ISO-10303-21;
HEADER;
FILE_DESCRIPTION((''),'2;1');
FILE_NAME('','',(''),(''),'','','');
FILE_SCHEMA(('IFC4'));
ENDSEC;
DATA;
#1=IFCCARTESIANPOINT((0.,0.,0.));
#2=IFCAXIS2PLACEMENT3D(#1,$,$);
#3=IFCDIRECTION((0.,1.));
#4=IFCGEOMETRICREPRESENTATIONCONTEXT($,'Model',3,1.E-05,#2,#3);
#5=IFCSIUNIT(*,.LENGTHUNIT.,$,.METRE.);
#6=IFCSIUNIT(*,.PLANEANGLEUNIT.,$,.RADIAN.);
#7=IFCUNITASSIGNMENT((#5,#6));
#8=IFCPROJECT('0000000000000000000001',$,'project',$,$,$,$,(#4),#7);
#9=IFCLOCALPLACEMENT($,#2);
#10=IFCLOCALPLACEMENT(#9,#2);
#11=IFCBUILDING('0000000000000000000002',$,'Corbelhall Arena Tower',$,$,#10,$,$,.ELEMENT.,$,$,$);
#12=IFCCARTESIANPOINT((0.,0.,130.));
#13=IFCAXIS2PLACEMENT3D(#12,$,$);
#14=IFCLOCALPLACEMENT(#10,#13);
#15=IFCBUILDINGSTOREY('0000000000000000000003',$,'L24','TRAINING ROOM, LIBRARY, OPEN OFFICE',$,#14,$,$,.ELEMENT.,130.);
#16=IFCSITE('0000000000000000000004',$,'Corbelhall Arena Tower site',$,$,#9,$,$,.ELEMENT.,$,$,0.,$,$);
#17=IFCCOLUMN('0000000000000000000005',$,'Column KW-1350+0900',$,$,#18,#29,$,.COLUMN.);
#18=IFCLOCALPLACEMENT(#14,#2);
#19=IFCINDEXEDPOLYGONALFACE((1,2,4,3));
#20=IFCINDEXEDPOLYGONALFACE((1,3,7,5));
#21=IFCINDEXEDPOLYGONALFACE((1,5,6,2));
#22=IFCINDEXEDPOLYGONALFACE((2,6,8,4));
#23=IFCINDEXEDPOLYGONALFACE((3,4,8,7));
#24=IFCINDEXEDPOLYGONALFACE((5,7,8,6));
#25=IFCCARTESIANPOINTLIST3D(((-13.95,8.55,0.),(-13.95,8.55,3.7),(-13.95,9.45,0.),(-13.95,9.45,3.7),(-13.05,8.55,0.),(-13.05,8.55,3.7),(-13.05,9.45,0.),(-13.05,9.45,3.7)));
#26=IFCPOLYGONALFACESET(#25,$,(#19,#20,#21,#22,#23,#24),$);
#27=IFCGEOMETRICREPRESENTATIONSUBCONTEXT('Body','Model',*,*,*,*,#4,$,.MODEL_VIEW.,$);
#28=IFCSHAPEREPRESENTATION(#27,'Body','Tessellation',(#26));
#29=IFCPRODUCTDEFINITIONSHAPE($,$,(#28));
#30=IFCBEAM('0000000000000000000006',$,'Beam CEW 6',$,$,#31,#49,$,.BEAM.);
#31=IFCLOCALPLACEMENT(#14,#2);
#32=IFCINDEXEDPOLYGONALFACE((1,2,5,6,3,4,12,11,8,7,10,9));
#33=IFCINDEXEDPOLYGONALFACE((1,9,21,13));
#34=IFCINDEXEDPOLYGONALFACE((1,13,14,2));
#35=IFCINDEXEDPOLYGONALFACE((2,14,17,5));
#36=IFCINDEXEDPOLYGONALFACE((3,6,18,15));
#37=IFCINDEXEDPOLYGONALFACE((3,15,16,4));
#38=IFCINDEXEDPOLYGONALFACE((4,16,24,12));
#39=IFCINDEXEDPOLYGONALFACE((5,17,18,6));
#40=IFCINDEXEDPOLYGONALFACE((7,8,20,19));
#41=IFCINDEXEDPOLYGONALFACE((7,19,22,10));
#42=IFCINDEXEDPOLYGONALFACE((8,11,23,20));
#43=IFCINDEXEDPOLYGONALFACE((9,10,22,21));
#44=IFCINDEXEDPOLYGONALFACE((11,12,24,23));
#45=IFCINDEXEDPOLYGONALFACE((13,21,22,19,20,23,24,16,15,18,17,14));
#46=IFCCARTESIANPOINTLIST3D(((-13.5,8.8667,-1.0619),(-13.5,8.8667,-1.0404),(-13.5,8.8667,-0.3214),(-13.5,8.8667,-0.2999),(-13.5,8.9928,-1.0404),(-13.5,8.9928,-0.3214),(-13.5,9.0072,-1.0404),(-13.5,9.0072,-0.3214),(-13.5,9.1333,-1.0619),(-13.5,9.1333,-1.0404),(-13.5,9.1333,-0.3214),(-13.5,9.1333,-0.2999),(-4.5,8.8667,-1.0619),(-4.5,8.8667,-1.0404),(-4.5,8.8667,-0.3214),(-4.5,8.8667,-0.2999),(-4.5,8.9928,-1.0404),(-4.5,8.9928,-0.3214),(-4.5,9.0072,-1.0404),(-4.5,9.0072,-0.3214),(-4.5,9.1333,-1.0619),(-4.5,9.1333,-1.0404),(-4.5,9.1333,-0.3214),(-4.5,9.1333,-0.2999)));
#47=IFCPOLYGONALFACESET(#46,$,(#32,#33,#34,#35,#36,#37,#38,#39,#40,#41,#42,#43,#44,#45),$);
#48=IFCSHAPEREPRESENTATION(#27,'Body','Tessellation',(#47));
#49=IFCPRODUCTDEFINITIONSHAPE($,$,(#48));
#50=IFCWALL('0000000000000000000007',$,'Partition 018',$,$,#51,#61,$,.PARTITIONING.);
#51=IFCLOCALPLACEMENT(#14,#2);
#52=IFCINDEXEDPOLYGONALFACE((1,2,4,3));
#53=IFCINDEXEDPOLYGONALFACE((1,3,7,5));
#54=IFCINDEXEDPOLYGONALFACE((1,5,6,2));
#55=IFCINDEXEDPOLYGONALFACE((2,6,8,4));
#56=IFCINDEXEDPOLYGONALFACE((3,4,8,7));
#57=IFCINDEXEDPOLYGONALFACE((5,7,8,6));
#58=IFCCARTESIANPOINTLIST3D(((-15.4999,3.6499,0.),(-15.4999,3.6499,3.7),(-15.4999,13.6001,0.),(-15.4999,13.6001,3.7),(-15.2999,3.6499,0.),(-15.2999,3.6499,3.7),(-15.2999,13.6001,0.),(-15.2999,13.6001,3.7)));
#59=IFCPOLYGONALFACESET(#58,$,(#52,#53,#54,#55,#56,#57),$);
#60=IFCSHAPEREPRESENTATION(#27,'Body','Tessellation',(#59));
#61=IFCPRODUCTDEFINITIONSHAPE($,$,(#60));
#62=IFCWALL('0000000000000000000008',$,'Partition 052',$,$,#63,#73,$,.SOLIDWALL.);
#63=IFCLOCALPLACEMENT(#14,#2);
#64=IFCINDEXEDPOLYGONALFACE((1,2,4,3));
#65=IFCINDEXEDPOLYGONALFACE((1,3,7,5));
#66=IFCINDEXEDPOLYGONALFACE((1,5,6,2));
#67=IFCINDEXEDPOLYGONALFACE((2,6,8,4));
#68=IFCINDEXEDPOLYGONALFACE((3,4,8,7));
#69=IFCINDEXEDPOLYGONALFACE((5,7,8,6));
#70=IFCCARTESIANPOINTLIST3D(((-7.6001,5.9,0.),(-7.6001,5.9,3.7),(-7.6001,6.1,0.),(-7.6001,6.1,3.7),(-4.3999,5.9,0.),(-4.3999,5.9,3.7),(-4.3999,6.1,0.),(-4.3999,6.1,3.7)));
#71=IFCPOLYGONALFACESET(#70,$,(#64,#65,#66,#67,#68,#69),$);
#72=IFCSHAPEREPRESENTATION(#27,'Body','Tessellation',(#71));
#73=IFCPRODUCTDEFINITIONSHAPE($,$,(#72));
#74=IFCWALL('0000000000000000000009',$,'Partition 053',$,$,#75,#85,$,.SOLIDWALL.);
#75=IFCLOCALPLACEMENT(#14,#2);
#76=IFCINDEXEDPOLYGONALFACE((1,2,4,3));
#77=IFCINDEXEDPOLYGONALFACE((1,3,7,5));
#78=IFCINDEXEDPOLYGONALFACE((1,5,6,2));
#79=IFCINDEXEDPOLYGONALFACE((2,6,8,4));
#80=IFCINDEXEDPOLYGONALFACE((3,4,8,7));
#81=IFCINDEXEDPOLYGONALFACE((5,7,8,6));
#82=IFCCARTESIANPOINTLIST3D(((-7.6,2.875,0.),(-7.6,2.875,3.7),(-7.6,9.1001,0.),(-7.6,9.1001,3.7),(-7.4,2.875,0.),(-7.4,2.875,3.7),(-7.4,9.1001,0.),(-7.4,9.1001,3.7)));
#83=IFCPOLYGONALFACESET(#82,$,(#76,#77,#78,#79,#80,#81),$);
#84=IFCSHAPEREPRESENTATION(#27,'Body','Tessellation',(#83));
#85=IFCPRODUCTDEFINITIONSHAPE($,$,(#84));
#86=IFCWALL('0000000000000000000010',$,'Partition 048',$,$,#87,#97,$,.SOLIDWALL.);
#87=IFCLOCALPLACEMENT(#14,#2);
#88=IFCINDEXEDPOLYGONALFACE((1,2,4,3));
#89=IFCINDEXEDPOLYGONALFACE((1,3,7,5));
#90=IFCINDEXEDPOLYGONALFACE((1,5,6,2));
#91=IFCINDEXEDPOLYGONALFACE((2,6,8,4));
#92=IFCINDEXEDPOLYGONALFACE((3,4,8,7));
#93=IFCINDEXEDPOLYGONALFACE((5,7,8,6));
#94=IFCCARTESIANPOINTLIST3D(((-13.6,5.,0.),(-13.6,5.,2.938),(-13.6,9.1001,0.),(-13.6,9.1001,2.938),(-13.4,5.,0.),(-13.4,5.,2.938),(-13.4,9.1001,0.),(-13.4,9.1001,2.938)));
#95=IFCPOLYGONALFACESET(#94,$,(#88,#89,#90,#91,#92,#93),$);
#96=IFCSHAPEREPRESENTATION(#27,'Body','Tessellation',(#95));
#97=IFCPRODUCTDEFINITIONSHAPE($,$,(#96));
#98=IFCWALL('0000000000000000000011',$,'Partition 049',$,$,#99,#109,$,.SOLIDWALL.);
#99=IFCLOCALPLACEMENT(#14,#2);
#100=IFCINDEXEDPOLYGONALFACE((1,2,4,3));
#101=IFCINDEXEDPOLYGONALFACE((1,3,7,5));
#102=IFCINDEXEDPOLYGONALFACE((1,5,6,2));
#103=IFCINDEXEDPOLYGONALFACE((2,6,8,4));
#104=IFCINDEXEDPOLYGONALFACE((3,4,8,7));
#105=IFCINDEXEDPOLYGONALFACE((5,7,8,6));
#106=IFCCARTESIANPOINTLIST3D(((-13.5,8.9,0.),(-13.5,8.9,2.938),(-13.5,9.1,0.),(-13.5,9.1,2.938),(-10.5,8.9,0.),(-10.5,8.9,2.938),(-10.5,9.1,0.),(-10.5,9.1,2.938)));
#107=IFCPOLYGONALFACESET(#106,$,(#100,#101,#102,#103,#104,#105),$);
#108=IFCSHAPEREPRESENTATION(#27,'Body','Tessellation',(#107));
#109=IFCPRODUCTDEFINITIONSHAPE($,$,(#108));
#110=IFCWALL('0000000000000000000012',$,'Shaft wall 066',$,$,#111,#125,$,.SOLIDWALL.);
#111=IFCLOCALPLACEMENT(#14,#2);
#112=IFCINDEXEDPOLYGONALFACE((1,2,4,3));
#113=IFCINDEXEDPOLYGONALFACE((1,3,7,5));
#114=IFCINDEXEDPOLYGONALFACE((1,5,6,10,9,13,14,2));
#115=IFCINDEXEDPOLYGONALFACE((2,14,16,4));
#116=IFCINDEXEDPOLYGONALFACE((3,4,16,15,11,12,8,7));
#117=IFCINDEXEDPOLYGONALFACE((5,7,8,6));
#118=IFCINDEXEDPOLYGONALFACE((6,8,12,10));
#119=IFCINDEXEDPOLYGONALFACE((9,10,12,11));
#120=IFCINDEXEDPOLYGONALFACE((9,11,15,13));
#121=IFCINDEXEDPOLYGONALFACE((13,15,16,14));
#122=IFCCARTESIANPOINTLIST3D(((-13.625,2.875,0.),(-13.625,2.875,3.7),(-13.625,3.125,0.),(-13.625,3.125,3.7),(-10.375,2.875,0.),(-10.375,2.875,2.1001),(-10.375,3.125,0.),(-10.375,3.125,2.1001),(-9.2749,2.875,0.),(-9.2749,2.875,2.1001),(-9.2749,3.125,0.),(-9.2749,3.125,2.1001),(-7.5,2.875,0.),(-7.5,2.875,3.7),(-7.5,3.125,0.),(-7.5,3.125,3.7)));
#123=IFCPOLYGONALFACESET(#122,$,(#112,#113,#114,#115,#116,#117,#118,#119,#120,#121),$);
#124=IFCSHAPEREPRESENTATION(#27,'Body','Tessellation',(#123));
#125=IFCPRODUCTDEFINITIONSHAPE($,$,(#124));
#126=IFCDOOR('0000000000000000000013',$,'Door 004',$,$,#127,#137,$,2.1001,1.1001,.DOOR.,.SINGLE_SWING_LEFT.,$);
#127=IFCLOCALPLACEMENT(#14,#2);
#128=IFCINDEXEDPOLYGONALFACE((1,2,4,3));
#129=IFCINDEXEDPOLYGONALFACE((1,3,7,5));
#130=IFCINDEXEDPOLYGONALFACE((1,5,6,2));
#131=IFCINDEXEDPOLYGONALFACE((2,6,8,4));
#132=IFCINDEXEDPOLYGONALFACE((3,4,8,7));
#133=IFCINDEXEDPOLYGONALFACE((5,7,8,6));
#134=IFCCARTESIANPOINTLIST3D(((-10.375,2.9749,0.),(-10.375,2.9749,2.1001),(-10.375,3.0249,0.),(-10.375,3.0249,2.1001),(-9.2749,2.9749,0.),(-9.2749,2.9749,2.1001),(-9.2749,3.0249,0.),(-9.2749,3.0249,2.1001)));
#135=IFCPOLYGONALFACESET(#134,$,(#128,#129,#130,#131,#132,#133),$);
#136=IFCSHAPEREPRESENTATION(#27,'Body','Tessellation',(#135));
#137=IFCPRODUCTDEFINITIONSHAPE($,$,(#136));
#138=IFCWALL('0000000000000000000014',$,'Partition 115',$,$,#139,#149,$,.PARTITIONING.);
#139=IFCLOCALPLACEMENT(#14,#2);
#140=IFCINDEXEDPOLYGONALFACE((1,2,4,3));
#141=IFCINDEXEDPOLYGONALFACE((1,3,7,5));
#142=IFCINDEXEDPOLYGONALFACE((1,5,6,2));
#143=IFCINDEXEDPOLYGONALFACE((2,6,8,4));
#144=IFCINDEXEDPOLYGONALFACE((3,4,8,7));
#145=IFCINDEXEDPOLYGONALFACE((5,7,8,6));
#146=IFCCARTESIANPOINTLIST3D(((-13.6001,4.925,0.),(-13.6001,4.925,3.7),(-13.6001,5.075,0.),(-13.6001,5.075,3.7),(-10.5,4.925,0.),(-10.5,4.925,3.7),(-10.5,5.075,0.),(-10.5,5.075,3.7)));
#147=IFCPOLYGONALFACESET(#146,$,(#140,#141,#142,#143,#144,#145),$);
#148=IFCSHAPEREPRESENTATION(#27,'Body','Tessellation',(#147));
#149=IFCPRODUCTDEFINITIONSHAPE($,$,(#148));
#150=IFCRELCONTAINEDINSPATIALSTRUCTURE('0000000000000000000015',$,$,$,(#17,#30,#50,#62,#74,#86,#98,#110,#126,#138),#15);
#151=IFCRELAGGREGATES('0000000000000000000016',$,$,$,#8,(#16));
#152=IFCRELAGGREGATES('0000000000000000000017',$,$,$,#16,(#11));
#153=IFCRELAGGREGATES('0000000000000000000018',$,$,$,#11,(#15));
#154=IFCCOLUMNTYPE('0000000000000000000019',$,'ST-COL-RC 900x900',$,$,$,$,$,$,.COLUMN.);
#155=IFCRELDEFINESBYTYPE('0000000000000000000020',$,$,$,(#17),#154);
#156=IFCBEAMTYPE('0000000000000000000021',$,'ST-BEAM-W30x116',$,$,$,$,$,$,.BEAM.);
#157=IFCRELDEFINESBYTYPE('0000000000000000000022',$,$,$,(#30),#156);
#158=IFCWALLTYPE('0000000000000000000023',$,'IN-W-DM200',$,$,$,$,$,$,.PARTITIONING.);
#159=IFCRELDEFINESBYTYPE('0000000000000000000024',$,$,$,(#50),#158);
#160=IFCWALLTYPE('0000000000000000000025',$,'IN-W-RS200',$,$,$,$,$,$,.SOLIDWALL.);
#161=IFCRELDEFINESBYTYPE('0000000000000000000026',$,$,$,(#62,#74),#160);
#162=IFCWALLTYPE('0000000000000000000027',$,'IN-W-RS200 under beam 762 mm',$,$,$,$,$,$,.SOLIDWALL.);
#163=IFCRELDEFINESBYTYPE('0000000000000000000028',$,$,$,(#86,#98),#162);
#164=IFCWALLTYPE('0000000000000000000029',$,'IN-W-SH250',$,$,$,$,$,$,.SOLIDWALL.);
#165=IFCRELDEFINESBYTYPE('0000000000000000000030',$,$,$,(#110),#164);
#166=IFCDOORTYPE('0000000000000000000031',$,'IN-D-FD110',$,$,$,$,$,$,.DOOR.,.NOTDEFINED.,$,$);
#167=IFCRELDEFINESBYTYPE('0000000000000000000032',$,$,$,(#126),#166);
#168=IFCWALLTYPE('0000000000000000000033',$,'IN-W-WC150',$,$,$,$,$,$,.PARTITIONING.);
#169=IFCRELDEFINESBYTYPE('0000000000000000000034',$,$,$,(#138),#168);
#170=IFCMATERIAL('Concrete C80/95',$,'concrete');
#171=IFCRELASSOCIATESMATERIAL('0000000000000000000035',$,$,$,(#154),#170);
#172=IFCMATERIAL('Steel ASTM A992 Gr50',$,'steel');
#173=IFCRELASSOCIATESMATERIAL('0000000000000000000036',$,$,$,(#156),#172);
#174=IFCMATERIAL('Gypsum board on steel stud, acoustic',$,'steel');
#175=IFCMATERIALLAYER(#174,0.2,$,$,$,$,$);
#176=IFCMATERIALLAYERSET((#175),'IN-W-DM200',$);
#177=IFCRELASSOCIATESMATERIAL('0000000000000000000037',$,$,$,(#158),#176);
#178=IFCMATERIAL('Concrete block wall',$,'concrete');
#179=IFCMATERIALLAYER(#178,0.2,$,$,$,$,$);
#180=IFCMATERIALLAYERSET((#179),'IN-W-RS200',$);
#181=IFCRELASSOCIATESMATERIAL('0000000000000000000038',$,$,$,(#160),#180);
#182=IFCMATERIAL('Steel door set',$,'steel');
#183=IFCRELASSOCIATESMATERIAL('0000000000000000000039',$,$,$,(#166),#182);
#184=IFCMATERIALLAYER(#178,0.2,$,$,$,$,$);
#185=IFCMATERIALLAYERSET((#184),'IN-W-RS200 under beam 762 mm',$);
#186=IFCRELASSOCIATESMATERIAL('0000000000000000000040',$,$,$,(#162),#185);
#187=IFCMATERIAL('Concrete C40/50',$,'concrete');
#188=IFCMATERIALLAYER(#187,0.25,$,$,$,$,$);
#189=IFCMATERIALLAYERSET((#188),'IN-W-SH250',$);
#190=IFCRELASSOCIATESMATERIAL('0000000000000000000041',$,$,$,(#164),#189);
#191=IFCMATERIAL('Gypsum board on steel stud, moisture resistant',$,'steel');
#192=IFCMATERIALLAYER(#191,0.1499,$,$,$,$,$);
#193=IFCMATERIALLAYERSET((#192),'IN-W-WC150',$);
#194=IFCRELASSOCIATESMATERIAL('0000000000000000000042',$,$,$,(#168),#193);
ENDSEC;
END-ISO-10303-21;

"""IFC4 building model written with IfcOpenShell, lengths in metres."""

from ifc_helpers import new_model, si_unit, direction, frame, frame_2d, origin, origin_2d, place, context, subcontext, project, spatial, rectangle, i_section, extrude, material, layer, layer_set, material_profile, profile_set, type_object, element, fill, save


model = new_model("IFC4")

# Units and contexts
model_context = context("Model", 3, precision=1e-05, world=origin(), true_north=direction((0.0, 1.0)))
body_context = subcontext(model_context, "Body", "Model", "MODEL_VIEW")
ifc_project = project(units=[si_unit("LENGTHUNIT", "METRE"), si_unit("PLANEANGLEUNIT", "RADIAN")], contexts=[model_context])

# Site, building, storey
site_placement = place(None, origin())
site = spatial("IfcSite", under=ifc_project, at=site_placement, Name="Corbelhall Arena Tower site", CompositionType="ELEMENT", RefElevation=0.0)
building_placement = place(site_placement, origin())
building = spatial("IfcBuilding", under=site, at=building_placement, Name="Corbelhall Arena Tower", CompositionType="ELEMENT")
storey_placement = place(building_placement, frame((0.0, 0.0, 130.0)))
storey = spatial("IfcBuildingStorey", under=building, at=storey_placement, Name="L24", Description="TRAINING ROOM, LIBRARY, OPEN OFFICE", CompositionType="ELEMENT", Elevation=130.0)

# Column
ifc_material_1 = material(Name="Concrete C80/95", Category="concrete")
ifc_material_profile_1 = material_profile(ifc_material_1, rectangle(XDim=0.8999, YDim=0.8999, at=origin_2d()))
ifc_profile_set_1 = profile_set([ifc_material_profile_1], Name="Concrete C80/95")
column_type = type_object("IfcColumnType", Name="ST-COL-RC 900x900", PredefinedType="COLUMN", material=ifc_profile_set_1)
column_placement = place(storey_placement, frame((-13.5, 9.0, 0.0), z_axis=(0.0, 0.0, 1.0), x_axis=(1.0, 0.0, 0.0)))
element("IfcColumn", 1, at=column_placement, inside=storey, type_object=column_type, Name="Column KW-1350+0900", PredefinedType="COLUMN", context=body_context, shape_type="SweptSolid", body=[
    extrude(rectangle(XDim=0.8999, YDim=0.8999, at=origin_2d()), origin(), (0.0, 0.0, 1.0), 3.7),
])

# Beam
ifc_material_2 = material(Name="Steel ASTM A992 Gr50", Category="steel")
ifc_material_profile_2 = material_profile(ifc_material_2, i_section(OverallWidth=0.2666, OverallDepth=0.762, WebThickness=0.0144, FlangeThickness=0.0215, at=origin_2d()))
ifc_profile_set_2 = profile_set([ifc_material_profile_2], Name="Steel ASTM A992 Gr50")
beam_type = type_object("IfcBeamType", Name="ST-BEAM-W30x116", PredefinedType="BEAM", material=ifc_profile_set_2)
beam_placement = place(storey_placement, frame((-13.5, 9.0, -0.6809), z_axis=(1.0, 0.0, 0.0), x_axis=(0.0, 1.0, 0.0)))
element("IfcBeam", 2, at=beam_placement, inside=storey, type_object=beam_type, Name="Beam CEW 6", PredefinedType="BEAM", context=body_context, shape_type="SweptSolid", body=[
    extrude(i_section(OverallWidth=0.2666, OverallDepth=0.762, WebThickness=0.0144, FlangeThickness=0.0215, at=origin_2d()), origin(), (0.0, 0.0, 1.0), 9.0),
])

# Shared definitions
ifc_material_3 = material(Name="Gypsum board on steel stud, acoustic", Category="steel")
ifc_layer_1 = layer(ifc_material_3, 0.2)
ifc_layer_set_1 = layer_set([ifc_layer_1], Name="IN-W-DM200")
wall_type_1 = type_object("IfcWallType", Name="IN-W-DM200", PredefinedType="PARTITIONING", material=ifc_layer_set_1)
ifc_material_4 = material(Name="Steel door set", Category="steel")

# Wall
wall_1_placement = place(storey_placement, frame((-15.3999, 3.6499, 0.0), z_axis=(0.0, 0.0, 1.0), x_axis=(0.0, 1.0, 0.0)))
element("IfcWall", 3, at=wall_1_placement, inside=storey, type_object=wall_type_1, Name="Partition 018", PredefinedType="PARTITIONING", context=body_context, shape_type="SweptSolid", body=[
    extrude(rectangle(XDim=9.9502, YDim=0.2, at=frame_2d((4.9751, 0.0))), origin(), (0.0, 0.0, 1.0), 3.7),
])

# Shared definitions
ifc_material_5 = material(Name="Concrete block wall", Category="concrete")
ifc_layer_2 = layer(ifc_material_5, 0.2)
ifc_layer_set_2 = layer_set([ifc_layer_2], Name="IN-W-RS200")
wall_type_2 = type_object("IfcWallType", Name="IN-W-RS200", PredefinedType="SOLIDWALL", material=ifc_layer_set_2)
door_type_1 = type_object("IfcDoorType", Name="IN-D-FD110", OperationType="NOTDEFINED", PredefinedType="DOOR", material=ifc_material_4)

# Walls
wall_2_placement = place(storey_placement, frame((-7.6001, 6.0, 0.0), z_axis=(0.0, 0.0, 1.0), x_axis=(1.0, 0.0, 0.0)))
element("IfcWall", 4, at=wall_2_placement, inside=storey, type_object=wall_type_2, Name="Partition 052", PredefinedType="SOLIDWALL", context=body_context, shape_type="SweptSolid", body=[
    extrude(rectangle(XDim=3.2002, YDim=0.2, at=frame_2d((1.6001, 0.0))), origin(), (0.0, 0.0, 1.0), 3.7),
])
wall_3_placement = place(storey_placement, frame((-7.5, 2.875, 0.0), z_axis=(0.0, 0.0, 1.0), x_axis=(0.0, 1.0, 0.0)))
element("IfcWall", 5, at=wall_3_placement, inside=storey, type_object=wall_type_2, Name="Partition 053", PredefinedType="SOLIDWALL", context=body_context, shape_type="SweptSolid", body=[
    extrude(rectangle(XDim=6.2251, YDim=0.2, at=frame_2d((3.1125, 0.0))), origin(), (0.0, 0.0, 1.0), 3.7),
])
ifc_layer_3 = layer(ifc_material_5, 0.2)
ifc_layer_set_3 = layer_set([ifc_layer_3], Name="IN-W-RS200 under beam 762 mm")
wall_type_3 = type_object("IfcWallType", Name="IN-W-RS200 under beam 762 mm", PredefinedType="SOLIDWALL", material=ifc_layer_set_3)
wall_4_placement = place(storey_placement, frame((-13.5, 5.0, 0.0), z_axis=(0.0, 0.0, 1.0), x_axis=(0.0, 1.0, 0.0)))
element("IfcWall", 6, at=wall_4_placement, inside=storey, type_object=wall_type_3, Name="Partition 048", PredefinedType="SOLIDWALL", context=body_context, shape_type="SweptSolid", body=[
    extrude(rectangle(XDim=4.1001, YDim=0.2, at=frame_2d((2.05, 0.0))), origin(), (0.0, 0.0, 1.0), 2.938),
])
wall_5_placement = place(storey_placement, frame((-13.5, 9.0, 0.0), z_axis=(0.0, 0.0, 1.0), x_axis=(1.0, 0.0, 0.0)))
element("IfcWall", 7, at=wall_5_placement, inside=storey, type_object=wall_type_3, Name="Partition 049", PredefinedType="SOLIDWALL", context=body_context, shape_type="SweptSolid", body=[
    extrude(rectangle(XDim=3.0, YDim=0.2, at=frame_2d((1.5, 0.0))), origin(), (0.0, 0.0, 1.0), 2.938),
])

# Wall, opening, door
ifc_material_6 = material(Name="Concrete C40/50", Category="concrete")
ifc_layer_4 = layer(ifc_material_6, 0.25)
ifc_layer_set_4 = layer_set([ifc_layer_4], Name="IN-W-SH250")
wall_type_4 = type_object("IfcWallType", Name="IN-W-SH250", PredefinedType="SOLIDWALL", material=ifc_layer_set_4)
wall_6_placement = place(storey_placement, frame((-13.625, 3.0, 0.0), z_axis=(0.0, 0.0, 1.0), x_axis=(1.0, 0.0, 0.0)))
wall_6 = element("IfcWall", 8, at=wall_6_placement, inside=storey, type_object=wall_type_4, Name="Shaft wall 066", PredefinedType="SOLIDWALL", context=body_context, shape_type="SweptSolid", body=[
    extrude(rectangle(XDim=6.125, YDim=0.25, at=frame_2d((3.0625, 0.0))), origin(), (0.0, 0.0, 1.0), 3.7),
])
opening_1_placement = place(wall_6_placement, frame((3.25, 0.0, 0.0)))
opening_1 = element("IfcOpeningElement", 9, at=opening_1_placement, cuts=wall_6, PredefinedType="OPENING", context=body_context, shape_type="SweptSolid", body=[
    extrude(rectangle(XDim=1.1001, YDim=2.1001, at=frame_2d((0.55, 1.05))), frame((0.0, 0.125, 0.0), z_axis=(0.0, -1.0, 0.0), x_axis=(1.0, 0.0, 0.0)), (0.0, 0.0, 1.0), 0.25),
])
door_1_placement = place(opening_1_placement, origin())
door_1 = element("IfcDoor", 10, at=door_1_placement, inside=storey, type_object=door_type_1, Name="Door 004", OperationType="SINGLE_SWING_LEFT", OverallHeight=2.1001, OverallWidth=1.1001, PredefinedType="DOOR", context=body_context, shape_type="SweptSolid", body=[
    extrude(rectangle(XDim=1.1001, YDim=2.1001, at=frame_2d((0.55, 1.05))), frame((0.0, 0.0249, 0.0), z_axis=(0.0, -1.0, 0.0), x_axis=(1.0, 0.0, 0.0)), (0.0, 0.0, 1.0), 0.05),
])
fill(opening_1, door_1)

# Wall
ifc_material_7 = material(Name="Gypsum board on steel stud, moisture resistant", Category="steel")
ifc_layer_5 = layer(ifc_material_7, 0.1499)
ifc_layer_set_5 = layer_set([ifc_layer_5], Name="IN-W-WC150")
wall_type_5 = type_object("IfcWallType", Name="IN-W-WC150", PredefinedType="PARTITIONING", material=ifc_layer_set_5)
wall_7_placement = place(storey_placement, frame((-13.6001, 5.0, 0.0), z_axis=(0.0, 0.0, 1.0), x_axis=(1.0, 0.0, 0.0)))
element("IfcWall", 11, at=wall_7_placement, inside=storey, type_object=wall_type_5, Name="Partition 115", PredefinedType="PARTITIONING", context=body_context, shape_type="SweptSolid", body=[
    extrude(rectangle(XDim=3.1001, YDim=0.1499, at=frame_2d((1.55, 0.0))), origin(), (0.0, 0.0, 1.0), 3.7),
])

save(model, "model.ifc")
